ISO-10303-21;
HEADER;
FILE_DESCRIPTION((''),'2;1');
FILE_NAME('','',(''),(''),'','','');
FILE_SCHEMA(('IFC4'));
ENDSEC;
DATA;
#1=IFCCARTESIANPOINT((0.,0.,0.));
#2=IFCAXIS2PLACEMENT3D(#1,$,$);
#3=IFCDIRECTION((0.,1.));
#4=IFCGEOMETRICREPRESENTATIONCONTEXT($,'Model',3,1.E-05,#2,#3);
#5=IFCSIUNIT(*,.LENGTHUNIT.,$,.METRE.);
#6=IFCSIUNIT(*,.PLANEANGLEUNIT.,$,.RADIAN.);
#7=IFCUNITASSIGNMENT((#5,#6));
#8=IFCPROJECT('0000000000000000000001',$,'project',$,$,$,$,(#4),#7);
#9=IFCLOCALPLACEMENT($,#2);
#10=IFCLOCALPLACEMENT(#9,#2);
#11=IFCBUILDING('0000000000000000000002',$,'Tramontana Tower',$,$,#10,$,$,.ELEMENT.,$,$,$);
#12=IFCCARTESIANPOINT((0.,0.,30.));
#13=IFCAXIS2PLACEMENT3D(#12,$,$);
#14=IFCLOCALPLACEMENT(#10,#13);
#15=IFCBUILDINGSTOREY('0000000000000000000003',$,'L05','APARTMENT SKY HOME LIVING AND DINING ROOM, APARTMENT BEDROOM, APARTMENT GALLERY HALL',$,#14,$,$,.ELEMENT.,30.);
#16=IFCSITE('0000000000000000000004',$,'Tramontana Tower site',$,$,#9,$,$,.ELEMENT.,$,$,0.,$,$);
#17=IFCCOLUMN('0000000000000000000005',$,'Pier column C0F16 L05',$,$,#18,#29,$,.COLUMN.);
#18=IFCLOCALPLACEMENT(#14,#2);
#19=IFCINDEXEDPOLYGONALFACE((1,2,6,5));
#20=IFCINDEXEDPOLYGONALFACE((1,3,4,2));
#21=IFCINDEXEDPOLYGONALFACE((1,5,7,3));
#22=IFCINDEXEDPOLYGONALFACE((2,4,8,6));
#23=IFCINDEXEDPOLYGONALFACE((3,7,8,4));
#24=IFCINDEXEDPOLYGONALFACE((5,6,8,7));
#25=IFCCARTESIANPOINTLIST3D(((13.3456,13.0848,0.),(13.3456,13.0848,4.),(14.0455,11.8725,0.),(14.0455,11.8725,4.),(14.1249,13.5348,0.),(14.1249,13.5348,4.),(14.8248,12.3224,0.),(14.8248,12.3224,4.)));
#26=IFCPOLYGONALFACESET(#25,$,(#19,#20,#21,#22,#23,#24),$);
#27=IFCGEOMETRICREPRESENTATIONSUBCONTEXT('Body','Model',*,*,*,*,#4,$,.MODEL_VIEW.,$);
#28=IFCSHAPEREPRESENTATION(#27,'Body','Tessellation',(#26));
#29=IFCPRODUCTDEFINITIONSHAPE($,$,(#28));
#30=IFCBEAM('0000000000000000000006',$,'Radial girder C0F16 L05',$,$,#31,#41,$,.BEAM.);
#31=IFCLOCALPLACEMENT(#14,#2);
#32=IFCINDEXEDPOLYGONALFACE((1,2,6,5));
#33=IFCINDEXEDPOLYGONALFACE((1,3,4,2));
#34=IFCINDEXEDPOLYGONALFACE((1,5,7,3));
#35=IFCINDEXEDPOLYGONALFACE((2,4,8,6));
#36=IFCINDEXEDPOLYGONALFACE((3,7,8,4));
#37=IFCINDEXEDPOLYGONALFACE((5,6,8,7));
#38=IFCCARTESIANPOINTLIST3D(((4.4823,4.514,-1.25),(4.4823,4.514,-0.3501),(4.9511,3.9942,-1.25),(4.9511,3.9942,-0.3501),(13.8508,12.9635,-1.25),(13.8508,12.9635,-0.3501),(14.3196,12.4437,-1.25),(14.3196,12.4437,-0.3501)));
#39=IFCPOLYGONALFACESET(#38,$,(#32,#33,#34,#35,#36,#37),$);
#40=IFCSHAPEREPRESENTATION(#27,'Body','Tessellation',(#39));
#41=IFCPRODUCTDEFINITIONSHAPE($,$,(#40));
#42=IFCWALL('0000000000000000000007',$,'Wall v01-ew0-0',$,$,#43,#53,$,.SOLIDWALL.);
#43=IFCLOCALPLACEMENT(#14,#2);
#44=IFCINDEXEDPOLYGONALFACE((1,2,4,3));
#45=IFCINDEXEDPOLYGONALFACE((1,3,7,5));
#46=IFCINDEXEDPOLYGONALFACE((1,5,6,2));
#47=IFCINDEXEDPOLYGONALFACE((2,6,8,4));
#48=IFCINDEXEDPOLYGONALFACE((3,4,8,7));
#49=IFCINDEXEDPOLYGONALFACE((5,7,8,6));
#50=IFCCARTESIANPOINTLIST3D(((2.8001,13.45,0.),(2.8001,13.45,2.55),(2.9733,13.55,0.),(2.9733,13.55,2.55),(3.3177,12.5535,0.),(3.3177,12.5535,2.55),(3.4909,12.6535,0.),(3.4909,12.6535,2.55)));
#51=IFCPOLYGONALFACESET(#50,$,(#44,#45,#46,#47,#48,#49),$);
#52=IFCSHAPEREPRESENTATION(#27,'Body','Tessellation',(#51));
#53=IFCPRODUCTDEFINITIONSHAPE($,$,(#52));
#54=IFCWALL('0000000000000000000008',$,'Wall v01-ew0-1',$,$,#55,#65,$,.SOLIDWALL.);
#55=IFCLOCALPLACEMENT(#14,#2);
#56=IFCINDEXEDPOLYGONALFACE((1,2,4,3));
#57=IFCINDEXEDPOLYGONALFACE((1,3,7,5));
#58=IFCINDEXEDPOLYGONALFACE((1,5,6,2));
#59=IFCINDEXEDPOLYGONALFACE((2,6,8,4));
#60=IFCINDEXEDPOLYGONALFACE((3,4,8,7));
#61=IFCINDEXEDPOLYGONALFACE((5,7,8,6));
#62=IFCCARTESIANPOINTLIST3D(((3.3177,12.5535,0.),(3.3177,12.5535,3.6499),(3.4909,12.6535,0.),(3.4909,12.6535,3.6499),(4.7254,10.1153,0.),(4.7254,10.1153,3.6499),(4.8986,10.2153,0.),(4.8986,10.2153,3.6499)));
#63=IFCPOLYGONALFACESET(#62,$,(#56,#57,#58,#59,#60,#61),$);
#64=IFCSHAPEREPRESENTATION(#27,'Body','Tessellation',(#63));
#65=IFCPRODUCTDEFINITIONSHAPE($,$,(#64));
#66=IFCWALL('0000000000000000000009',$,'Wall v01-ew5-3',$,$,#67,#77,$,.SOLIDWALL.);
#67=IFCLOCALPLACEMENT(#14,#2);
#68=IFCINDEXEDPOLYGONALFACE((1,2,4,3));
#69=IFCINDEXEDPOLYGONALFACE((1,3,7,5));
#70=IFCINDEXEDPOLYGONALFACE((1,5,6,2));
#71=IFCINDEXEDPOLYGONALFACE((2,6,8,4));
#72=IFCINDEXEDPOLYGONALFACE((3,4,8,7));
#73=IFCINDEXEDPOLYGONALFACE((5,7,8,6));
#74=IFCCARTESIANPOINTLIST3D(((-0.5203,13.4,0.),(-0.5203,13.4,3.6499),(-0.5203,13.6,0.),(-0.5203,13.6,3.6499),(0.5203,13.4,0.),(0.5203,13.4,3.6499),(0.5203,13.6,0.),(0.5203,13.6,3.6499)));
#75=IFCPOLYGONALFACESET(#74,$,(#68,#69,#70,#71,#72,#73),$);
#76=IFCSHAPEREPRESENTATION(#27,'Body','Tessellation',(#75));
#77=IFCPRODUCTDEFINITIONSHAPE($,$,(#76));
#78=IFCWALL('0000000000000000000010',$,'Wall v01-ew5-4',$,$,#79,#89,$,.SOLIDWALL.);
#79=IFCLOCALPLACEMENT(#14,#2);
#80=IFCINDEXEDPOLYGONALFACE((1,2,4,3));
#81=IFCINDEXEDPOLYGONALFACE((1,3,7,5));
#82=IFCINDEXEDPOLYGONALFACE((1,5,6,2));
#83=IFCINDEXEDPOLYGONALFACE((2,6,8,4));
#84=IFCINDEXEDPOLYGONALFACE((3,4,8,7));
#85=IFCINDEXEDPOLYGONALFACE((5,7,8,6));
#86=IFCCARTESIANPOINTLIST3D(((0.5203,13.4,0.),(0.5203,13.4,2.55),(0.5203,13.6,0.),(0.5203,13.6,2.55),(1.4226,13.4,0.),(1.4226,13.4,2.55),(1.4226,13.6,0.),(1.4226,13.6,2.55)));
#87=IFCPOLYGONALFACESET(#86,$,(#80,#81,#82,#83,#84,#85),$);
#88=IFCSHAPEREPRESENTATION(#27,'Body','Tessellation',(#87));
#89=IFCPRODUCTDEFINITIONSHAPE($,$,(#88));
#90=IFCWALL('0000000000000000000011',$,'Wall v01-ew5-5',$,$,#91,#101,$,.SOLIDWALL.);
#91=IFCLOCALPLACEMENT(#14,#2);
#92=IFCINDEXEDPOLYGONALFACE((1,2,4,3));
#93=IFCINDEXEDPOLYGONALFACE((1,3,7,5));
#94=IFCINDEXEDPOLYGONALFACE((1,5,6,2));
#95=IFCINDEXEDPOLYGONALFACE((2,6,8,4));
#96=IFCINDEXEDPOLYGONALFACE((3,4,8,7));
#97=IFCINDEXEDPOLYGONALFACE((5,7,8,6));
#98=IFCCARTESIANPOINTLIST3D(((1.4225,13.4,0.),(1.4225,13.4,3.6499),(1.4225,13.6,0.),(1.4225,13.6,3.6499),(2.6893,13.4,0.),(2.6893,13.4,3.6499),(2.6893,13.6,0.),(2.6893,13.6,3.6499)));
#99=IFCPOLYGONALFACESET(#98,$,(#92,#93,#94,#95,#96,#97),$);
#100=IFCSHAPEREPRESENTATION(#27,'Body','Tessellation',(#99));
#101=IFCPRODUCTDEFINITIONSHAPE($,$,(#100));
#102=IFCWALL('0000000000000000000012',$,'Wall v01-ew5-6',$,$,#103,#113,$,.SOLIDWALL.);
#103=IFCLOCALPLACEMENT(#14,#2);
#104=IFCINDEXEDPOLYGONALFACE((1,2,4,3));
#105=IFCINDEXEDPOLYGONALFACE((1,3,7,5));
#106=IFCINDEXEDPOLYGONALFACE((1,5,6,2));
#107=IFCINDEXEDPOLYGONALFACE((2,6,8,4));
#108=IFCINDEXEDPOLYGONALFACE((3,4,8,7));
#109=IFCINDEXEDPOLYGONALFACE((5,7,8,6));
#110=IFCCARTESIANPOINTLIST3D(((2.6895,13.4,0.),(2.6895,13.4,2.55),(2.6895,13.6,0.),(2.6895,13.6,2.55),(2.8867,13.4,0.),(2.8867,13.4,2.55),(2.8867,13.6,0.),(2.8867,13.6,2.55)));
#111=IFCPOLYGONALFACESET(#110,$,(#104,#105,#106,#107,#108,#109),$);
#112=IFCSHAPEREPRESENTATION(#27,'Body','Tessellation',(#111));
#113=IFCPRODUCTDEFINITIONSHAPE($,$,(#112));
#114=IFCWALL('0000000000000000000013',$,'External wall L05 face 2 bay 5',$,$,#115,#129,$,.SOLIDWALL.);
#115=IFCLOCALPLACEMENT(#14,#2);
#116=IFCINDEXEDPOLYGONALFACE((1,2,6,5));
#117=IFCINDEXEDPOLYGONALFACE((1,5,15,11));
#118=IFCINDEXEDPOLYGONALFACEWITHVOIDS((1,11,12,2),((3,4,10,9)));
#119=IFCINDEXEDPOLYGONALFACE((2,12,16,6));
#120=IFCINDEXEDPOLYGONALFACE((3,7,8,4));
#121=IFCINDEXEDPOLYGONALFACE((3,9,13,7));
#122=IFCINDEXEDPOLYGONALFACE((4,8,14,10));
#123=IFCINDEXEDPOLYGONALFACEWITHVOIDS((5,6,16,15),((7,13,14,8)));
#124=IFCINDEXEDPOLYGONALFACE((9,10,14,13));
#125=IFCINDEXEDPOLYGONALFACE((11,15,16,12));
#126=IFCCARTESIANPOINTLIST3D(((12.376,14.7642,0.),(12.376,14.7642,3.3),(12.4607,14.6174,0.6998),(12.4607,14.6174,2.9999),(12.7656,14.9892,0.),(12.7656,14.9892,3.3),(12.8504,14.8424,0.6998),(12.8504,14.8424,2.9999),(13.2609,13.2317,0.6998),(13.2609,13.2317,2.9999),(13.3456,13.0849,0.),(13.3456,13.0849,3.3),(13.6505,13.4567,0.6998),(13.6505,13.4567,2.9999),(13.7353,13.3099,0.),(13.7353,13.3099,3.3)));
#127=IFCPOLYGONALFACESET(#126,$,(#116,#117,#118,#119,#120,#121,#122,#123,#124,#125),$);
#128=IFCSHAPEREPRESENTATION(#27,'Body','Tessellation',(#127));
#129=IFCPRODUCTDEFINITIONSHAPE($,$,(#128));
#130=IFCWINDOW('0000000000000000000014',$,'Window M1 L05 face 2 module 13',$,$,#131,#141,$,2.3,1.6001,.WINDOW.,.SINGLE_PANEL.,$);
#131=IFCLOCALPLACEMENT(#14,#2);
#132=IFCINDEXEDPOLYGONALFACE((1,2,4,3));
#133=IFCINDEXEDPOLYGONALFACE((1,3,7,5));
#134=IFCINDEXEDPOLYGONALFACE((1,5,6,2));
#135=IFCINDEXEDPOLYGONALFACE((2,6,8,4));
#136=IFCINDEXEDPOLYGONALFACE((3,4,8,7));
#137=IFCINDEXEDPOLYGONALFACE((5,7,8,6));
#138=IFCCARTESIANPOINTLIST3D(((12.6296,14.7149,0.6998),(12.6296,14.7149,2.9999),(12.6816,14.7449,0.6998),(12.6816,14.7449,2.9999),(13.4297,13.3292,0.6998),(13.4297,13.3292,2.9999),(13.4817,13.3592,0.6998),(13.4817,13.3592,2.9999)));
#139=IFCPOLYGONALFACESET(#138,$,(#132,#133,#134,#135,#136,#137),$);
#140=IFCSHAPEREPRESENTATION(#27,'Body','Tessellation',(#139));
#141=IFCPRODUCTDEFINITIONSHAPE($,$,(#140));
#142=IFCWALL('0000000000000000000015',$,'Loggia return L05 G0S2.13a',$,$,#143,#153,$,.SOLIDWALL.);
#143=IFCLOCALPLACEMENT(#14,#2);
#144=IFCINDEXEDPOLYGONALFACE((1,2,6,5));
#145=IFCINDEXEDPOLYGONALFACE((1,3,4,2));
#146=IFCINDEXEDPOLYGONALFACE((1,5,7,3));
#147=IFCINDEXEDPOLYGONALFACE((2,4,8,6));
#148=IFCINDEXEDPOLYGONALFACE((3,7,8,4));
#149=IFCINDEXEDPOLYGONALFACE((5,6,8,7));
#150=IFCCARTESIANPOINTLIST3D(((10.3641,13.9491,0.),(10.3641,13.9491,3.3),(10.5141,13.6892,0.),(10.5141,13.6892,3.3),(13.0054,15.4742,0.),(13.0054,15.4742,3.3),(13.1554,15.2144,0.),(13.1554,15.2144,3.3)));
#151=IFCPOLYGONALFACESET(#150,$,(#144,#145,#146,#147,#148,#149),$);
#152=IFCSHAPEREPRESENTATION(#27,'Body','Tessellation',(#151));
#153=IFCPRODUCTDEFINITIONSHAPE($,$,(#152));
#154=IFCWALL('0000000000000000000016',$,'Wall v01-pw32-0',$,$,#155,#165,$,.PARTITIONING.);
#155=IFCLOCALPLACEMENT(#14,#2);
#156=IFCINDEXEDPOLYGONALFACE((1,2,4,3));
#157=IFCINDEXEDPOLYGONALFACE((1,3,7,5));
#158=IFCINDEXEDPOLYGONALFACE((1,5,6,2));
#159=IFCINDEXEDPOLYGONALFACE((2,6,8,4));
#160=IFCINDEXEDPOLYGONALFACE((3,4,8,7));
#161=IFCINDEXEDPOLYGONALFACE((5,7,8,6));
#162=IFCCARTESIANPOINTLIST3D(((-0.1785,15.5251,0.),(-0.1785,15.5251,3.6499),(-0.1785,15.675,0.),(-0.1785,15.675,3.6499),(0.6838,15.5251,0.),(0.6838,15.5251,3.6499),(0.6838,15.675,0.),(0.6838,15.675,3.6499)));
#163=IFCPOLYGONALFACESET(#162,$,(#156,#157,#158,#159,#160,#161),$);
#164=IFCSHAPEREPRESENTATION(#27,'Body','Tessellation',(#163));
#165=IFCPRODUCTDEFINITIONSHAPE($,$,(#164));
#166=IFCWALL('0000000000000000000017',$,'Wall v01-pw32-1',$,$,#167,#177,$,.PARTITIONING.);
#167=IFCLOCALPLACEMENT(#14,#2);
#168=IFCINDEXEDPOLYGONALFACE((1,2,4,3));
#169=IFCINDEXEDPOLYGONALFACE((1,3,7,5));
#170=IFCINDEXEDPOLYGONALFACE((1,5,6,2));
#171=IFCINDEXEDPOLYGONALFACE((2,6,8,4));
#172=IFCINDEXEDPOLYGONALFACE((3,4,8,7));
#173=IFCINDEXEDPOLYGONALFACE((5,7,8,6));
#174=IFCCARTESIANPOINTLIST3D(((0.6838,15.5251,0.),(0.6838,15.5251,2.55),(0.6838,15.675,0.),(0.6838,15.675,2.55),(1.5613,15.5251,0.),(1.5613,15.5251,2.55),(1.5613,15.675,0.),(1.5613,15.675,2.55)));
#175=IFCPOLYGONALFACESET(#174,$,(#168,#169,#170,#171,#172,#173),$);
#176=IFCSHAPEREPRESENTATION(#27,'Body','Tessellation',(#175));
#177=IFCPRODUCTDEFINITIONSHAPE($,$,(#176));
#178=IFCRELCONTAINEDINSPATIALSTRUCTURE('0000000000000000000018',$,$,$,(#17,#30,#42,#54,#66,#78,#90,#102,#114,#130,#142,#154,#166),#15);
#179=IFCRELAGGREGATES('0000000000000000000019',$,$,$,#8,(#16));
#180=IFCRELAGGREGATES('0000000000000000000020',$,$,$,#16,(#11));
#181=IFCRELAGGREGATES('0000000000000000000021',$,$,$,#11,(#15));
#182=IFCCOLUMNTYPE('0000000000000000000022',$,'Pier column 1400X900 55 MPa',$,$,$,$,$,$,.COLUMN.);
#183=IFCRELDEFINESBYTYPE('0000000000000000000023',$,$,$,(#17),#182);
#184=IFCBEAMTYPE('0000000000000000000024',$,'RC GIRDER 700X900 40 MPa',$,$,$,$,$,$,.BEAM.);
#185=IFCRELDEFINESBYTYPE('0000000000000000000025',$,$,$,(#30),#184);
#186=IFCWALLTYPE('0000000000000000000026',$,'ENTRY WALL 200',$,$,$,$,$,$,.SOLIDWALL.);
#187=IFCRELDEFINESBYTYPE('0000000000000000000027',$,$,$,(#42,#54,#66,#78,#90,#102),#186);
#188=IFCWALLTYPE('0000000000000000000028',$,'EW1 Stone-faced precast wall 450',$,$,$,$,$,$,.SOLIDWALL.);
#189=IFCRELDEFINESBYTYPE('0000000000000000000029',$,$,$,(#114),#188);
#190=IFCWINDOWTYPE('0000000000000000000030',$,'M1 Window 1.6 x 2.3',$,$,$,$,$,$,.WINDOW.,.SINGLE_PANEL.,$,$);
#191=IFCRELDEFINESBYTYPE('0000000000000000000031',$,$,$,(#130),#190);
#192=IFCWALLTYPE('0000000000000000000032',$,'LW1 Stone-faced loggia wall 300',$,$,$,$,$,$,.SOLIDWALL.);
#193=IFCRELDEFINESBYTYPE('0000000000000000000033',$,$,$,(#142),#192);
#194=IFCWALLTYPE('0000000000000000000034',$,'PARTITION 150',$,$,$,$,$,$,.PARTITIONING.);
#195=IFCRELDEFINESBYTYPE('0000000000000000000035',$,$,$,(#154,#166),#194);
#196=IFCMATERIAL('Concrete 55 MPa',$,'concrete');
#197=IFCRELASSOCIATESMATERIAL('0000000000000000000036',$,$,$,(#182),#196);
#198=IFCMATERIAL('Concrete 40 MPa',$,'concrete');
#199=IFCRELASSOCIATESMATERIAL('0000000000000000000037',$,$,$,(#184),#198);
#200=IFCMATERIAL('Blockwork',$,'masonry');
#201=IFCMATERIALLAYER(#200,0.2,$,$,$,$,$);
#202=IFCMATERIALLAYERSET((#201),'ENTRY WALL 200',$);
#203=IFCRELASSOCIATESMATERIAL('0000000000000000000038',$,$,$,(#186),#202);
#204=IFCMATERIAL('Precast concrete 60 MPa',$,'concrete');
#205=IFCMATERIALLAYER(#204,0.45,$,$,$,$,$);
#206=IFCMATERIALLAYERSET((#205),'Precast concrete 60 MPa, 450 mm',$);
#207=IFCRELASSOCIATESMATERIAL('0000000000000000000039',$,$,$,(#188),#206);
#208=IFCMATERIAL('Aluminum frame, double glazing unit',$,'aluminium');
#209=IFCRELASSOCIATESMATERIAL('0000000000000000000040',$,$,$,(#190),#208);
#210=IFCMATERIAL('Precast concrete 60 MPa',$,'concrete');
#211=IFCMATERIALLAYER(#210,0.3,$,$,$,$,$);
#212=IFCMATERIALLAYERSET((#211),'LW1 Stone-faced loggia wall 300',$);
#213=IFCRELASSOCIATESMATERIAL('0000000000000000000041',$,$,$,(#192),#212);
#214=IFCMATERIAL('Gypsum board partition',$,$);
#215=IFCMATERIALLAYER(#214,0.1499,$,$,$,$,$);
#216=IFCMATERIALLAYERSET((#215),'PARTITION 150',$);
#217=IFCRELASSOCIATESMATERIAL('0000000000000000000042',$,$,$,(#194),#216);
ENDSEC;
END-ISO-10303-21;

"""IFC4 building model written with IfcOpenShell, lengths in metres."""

from ifc_helpers import new_model, si_unit, direction, frame, frame_2d, origin, origin_2d, place, context, subcontext, project, spatial, rectangle, extrude, material, layer, layer_set, material_profile, profile_set, type_object, element, fill, save


model = new_model("IFC4")

# Units and contexts
model_context = context("Model", 3, precision=1e-05, world=origin(), true_north=direction((0.0, 1.0)))
body_context = subcontext(model_context, "Body", "Model", "MODEL_VIEW")
ifc_project = project(units=[si_unit("LENGTHUNIT", "METRE"), si_unit("PLANEANGLEUNIT", "RADIAN")], contexts=[model_context])

# Site, building, storey
site_placement = place(None, origin())
site = spatial("IfcSite", under=ifc_project, at=site_placement, Name="Tramontana Tower site", CompositionType="ELEMENT", RefElevation=0.0)
building_placement = place(site_placement, origin())
building = spatial("IfcBuilding", under=site, at=building_placement, Name="Tramontana Tower", CompositionType="ELEMENT")
storey_placement = place(building_placement, frame((0.0, 0.0, 30.0)))
storey = spatial("IfcBuildingStorey", under=building, at=storey_placement, Name="L05", Description="APARTMENT SKY HOME LIVING AND DINING ROOM, APARTMENT BEDROOM, APARTMENT GALLERY HALL", CompositionType="ELEMENT", Elevation=30.0)

# Column
ifc_material_1 = material(Name="Concrete 55 MPa", Category="concrete")
ifc_material_profile_1 = material_profile(ifc_material_1, rectangle(XDim=1.3999, YDim=0.8999, at=origin_2d()), Name="Pier column 1400X900 55 MPa")
ifc_profile_set_1 = profile_set([ifc_material_profile_1], Name="Concrete 55 MPa")
column_type = type_object("IfcColumnType", Name="Pier column 1400X900 55 MPa", PredefinedType="COLUMN", material=ifc_profile_set_1)
column_placement = place(storey_placement, frame((14.0852, 12.7036, 0.0), z_axis=(0.0, 0.0, 1.0), x_axis=(-0.5, 0.866025, 0.0)))
element("IfcColumn", 1, at=column_placement, inside=storey, type_object=column_type, Name="Pier column C0F16 L05", PredefinedType="COLUMN", context=body_context, shape_type="SweptSolid", body=[
    extrude(rectangle(XDim=1.3999, YDim=0.8999, at=origin_2d()), origin(), (0.0, 0.0, 1.0), 4.0),
])

# Beam
ifc_material_2 = material(Name="Concrete 40 MPa", Category="concrete")
ifc_material_profile_2 = material_profile(ifc_material_2, rectangle(XDim=0.7, YDim=0.8999, at=origin_2d()), Name="RC GIRDER 700X900 40 MPa")
ifc_profile_set_2 = profile_set([ifc_material_profile_2], Name="Concrete 40 MPa")
beam_type = type_object("IfcBeamType", Name="RC GIRDER 700X900 40 MPa", PredefinedType="BEAM", material=ifc_profile_set_2)
beam_placement = place(storey_placement, frame((14.0852, 12.7036, -0.8), z_axis=(-0.742588, -0.669748, 0.0), x_axis=(0.669748, -0.742588, 0.0)))
element("IfcBeam", 2, at=beam_placement, inside=storey, type_object=beam_type, Name="Radial girder C0F16 L05", PredefinedType="BEAM", context=body_context, shape_type="SweptSolid", body=[
    extrude(rectangle(XDim=0.7, YDim=0.8999, at=origin_2d()), origin(), (0.0, 0.0, 1.0), 12.616),
])

# Walls
ifc_material_3 = material(Name="Blockwork", Category="masonry")
ifc_layer_1 = layer(ifc_material_3, 0.2)
ifc_layer_set_1 = layer_set([ifc_layer_1], Name="ENTRY WALL 200")
wall_type_1 = type_object("IfcWallType", Name="ENTRY WALL 200", PredefinedType="SOLIDWALL", material=ifc_layer_set_1)
wall_1_placement = place(storey_placement, frame((2.8867, 13.5, 0.0), z_axis=(0.0, 0.0, 1.0), x_axis=(0.499995, -0.866028, 0.0)))
element("IfcWall", 3, at=wall_1_placement, inside=storey, type_object=wall_type_1, Name="Wall v01-ew0-0", PredefinedType="SOLIDWALL", context=body_context, shape_type="SweptSolid", body=[
    extrude(rectangle(XDim=1.0352, YDim=0.2, at=frame_2d((0.5176, 0.0))), origin(), (0.0, 0.0, 1.0), 2.55),
])
wall_2_placement = place(storey_placement, frame((3.4043, 12.6035, 0.0), z_axis=(0.0, 0.0, 1.0), x_axis=(0.5, -0.866025, 0.0)))
element("IfcWall", 4, at=wall_2_placement, inside=storey, type_object=wall_type_1, Name="Wall v01-ew0-1", PredefinedType="SOLIDWALL", context=body_context, shape_type="SweptSolid", body=[
    extrude(rectangle(XDim=2.8154, YDim=0.2, at=frame_2d((1.4077, 0.0))), origin(), (0.0, 0.0, 1.0), 3.6499),
])

# Walls
wall_3_placement = place(storey_placement, frame((-0.5203, 13.5, 0.0), z_axis=(0.0, 0.0, 1.0), x_axis=(1.0, 0.0, 0.0)))
element("IfcWall", 5, at=wall_3_placement, inside=storey, type_object=wall_type_1, Name="Wall v01-ew5-3", PredefinedType="SOLIDWALL", context=body_context, shape_type="SweptSolid", body=[
    extrude(rectangle(XDim=1.0405, YDim=0.2, at=frame_2d((0.5203, 0.0))), origin(), (0.0, 0.0, 1.0), 3.6499),
])
wall_4_placement = place(storey_placement, frame((0.5203, 13.5, 0.0), z_axis=(0.0, 0.0, 1.0), x_axis=(1.0, 0.0, 0.0)))
element("IfcWall", 6, at=wall_4_placement, inside=storey, type_object=wall_type_1, Name="Wall v01-ew5-4", PredefinedType="SOLIDWALL", context=body_context, shape_type="SweptSolid", body=[
    extrude(rectangle(XDim=0.9023, YDim=0.2, at=frame_2d((0.4512, 0.0))), origin(), (0.0, 0.0, 1.0), 2.55),
])
wall_5_placement = place(storey_placement, frame((1.4226, 13.5, 0.0), z_axis=(0.0, 0.0, 1.0), x_axis=(1.0, 0.0, 0.0)))
element("IfcWall", 7, at=wall_5_placement, inside=storey, type_object=wall_type_1, Name="Wall v01-ew5-5", PredefinedType="SOLIDWALL", context=body_context, shape_type="SweptSolid", body=[
    extrude(rectangle(XDim=1.2668, YDim=0.2, at=frame_2d((0.6333, 0.0))), origin(), (0.0, 0.0, 1.0), 3.6499),
])
wall_6_placement = place(storey_placement, frame((2.6895, 13.5, 0.0), z_axis=(0.0, 0.0, 1.0), x_axis=(1.0, 0.0, 0.0)))
element("IfcWall", 8, at=wall_6_placement, inside=storey, type_object=wall_type_1, Name="Wall v01-ew5-6", PredefinedType="SOLIDWALL", context=body_context, shape_type="SweptSolid", body=[
    extrude(rectangle(XDim=0.1973, YDim=0.2, at=frame_2d((0.0986, 0.0))), origin(), (0.0, 0.0, 1.0), 2.55),
])

# Wall, opening, window
ifc_material_4 = material(Name="Precast concrete 60 MPa", Category="concrete")
ifc_layer_2 = layer(ifc_material_4, 0.45)
ifc_layer_set_2 = layer_set([ifc_layer_2], Name="Precast concrete 60 MPa, 450 mm")
wall_type_2 = type_object("IfcWallType", Name="EW1 Stone-faced precast wall 450", PredefinedType="SOLIDWALL", material=ifc_layer_set_2)
wall_7_placement = place(storey_placement, frame((13.5405, 13.1973, 0.0), z_axis=(0.0, 0.0, 1.0), x_axis=(-0.500038, 0.866003, 0.0)))
wall_7 = element("IfcWall", 9, at=wall_7_placement, inside=storey, type_object=wall_type_2, Name="External wall L05 face 2 bay 5", PredefinedType="SOLIDWALL", context=body_context, shape_type="SweptSolid", body=[
    extrude(rectangle(XDim=1.9392, YDim=0.45, at=frame_2d((0.9697, 0.0))), origin(), (0.0, 0.0, 1.0), 3.3),
])
opening_1_placement = place(wall_7_placement, frame((0.1697, 0.0, 0.7)))
opening_1 = element("IfcOpeningElement", 10, at=opening_1_placement, cuts=wall_7, PredefinedType="OPENING", context=body_context, shape_type="SweptSolid", body=[
    extrude(rectangle(XDim=1.6001, YDim=2.3, at=frame_2d((0.8, 1.1499))), frame((0.0, 0.2349, 0.0), z_axis=(0.0, -1.0, 0.0), x_axis=(1.0, 0.0, 0.0)), (0.0, 0.0, 1.0), 0.47),
])
ifc_material_5 = material(Name="Aluminum frame, double glazing unit", Category="aluminium")
window_type = type_object("IfcWindowType", Name="M1 Window 1.6 x 2.3", PartitioningType="SINGLE_PANEL", PredefinedType="WINDOW", material=ifc_material_5)
window_placement = place(opening_1_placement, origin())
window = element("IfcWindow", 11, at=window_placement, inside=storey, type_object=window_type, Name="Window M1 L05 face 2 module 13", OverallHeight=2.3, OverallWidth=1.6001, PartitioningType="SINGLE_PANEL", PredefinedType="WINDOW", context=body_context, shape_type="SweptSolid", body=[
    extrude(rectangle(XDim=1.6001, YDim=2.3, at=frame_2d((0.8, 1.1499))), frame((0.0, 0.03, 0.0), z_axis=(0.0, -1.0, 0.0), x_axis=(1.0, 0.0, 0.0)), (0.0, 0.0, 1.0), 0.0601),
])
fill(opening_1, window)

# Shared definitions
ifc_material_6 = material(Name="Precast concrete 60 MPa", Category="concrete")
ifc_layer_3 = layer(ifc_material_6, 0.3)
ifc_layer_set_3 = layer_set([ifc_layer_3], Name="LW1 Stone-faced loggia wall 300")
wall_type_3 = type_object("IfcWallType", Name="LW1 Stone-faced loggia wall 300", PredefinedType="SOLIDWALL", material=ifc_layer_set_3)

# Walls
wall_8_placement = place(storey_placement, frame((13.0803, 15.3442, 0.0), z_axis=(0.0, 0.0, 1.0), x_axis=(-0.866003, -0.500039, 0.0)))
element("IfcWall", 12, at=wall_8_placement, inside=storey, type_object=wall_type_3, Name="Loggia return L05 G0S2.13a", PredefinedType="SOLIDWALL", context=body_context, shape_type="SweptSolid", body=[
    extrude(rectangle(XDim=3.05, YDim=0.3, at=frame_2d((1.5249, 0.0))), origin(), (0.0, 0.0, 1.0), 3.3),
])
ifc_material_7 = material(Name="Gypsum board partition")
ifc_layer_4 = layer(ifc_material_7, 0.1499)
ifc_layer_set_4 = layer_set([ifc_layer_4], Name="PARTITION 150")
wall_type_4 = type_object("IfcWallType", Name="PARTITION 150", PredefinedType="PARTITIONING", material=ifc_layer_set_4)
wall_9_placement = place(storey_placement, frame((-0.1785, 15.6001, 0.0), z_axis=(0.0, 0.0, 1.0), x_axis=(1.0, 0.0, 0.0)))
element("IfcWall", 13, at=wall_9_placement, inside=storey, type_object=wall_type_4, Name="Wall v01-pw32-0", PredefinedType="PARTITIONING", context=body_context, shape_type="SweptSolid", body=[
    extrude(rectangle(XDim=0.8623, YDim=0.1499, at=frame_2d((0.4312, 0.0))), origin(), (0.0, 0.0, 1.0), 3.6499),
])
wall_10_placement = place(storey_placement, frame((0.6838, 15.6001, 0.0), z_axis=(0.0, 0.0, 1.0), x_axis=(1.0, 0.0, 0.0)))
element("IfcWall", 14, at=wall_10_placement, inside=storey, type_object=wall_type_4, Name="Wall v01-pw32-1", PredefinedType="PARTITIONING", context=body_context, shape_type="SweptSolid", body=[
    extrude(rectangle(XDim=0.8774, YDim=0.1499, at=frame_2d((0.4387, 0.0))), origin(), (0.0, 0.0, 1.0), 2.55),
])

save(model, "model.ifc")
